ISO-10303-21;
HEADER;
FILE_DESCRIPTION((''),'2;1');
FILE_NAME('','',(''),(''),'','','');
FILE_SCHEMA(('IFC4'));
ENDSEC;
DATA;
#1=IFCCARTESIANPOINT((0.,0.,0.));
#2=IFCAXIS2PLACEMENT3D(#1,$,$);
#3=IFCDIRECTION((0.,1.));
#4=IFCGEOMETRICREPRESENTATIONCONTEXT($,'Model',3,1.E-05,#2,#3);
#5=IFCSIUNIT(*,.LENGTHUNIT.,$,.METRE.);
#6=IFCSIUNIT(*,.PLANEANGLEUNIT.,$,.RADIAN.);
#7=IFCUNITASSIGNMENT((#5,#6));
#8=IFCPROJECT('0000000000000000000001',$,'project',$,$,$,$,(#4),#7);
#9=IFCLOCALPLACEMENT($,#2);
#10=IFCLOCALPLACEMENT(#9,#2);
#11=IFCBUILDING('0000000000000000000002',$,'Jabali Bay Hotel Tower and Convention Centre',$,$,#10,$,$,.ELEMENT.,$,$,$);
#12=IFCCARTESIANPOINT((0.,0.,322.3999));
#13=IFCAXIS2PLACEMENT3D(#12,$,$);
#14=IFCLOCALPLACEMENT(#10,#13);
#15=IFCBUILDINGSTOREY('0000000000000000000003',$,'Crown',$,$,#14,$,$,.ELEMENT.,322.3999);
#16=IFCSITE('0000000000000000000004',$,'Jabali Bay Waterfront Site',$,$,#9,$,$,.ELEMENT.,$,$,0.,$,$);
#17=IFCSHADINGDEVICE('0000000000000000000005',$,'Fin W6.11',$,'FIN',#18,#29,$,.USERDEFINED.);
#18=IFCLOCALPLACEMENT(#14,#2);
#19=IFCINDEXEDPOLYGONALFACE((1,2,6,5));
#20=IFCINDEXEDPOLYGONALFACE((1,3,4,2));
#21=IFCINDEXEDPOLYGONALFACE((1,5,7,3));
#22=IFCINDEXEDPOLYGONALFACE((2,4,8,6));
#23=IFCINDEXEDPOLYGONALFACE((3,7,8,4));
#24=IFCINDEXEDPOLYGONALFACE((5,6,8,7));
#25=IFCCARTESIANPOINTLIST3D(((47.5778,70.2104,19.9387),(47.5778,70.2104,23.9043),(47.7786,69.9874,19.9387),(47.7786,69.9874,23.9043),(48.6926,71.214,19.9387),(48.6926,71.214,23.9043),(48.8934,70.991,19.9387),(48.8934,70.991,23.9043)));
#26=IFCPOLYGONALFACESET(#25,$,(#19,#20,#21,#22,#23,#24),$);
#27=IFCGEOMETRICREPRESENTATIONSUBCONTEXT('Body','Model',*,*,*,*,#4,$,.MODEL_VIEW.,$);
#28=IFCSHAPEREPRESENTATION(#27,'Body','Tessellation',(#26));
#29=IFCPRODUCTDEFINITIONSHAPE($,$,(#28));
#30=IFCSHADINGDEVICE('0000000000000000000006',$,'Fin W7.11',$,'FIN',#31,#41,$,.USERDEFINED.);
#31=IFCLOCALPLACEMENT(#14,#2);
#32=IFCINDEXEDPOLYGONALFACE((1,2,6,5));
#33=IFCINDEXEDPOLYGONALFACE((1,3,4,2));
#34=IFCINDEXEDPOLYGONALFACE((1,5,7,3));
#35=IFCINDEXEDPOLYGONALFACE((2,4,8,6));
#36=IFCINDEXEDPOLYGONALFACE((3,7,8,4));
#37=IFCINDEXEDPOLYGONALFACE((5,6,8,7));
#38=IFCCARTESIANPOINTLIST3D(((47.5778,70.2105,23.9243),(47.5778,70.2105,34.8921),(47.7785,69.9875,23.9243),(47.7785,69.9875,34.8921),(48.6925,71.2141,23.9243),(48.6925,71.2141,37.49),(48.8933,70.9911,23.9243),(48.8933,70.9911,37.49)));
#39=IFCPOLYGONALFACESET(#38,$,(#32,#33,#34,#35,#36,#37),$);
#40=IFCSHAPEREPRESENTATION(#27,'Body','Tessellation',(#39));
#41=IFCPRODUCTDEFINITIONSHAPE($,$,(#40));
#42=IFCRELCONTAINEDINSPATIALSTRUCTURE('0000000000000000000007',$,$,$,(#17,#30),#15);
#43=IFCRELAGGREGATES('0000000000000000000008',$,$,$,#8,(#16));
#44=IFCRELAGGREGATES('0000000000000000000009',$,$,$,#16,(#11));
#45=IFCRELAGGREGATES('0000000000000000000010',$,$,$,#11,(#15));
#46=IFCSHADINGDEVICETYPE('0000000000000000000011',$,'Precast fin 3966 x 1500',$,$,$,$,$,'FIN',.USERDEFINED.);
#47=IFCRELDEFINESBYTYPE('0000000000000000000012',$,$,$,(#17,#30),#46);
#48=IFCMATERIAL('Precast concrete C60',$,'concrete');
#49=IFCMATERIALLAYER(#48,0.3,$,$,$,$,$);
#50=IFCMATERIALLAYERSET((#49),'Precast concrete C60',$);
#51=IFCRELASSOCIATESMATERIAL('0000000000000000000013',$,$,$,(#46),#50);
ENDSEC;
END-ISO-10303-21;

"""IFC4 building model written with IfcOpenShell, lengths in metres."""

from ifc_helpers import new_model, si_unit, direction, frame, frame_2d, origin, place, context, subcontext, project, spatial, polyline, rectangle, outline, extrude, material, layer, layer_set, type_object, element, save


model = new_model("IFC4")

# Units and contexts
model_context = context("Model", 3, precision=1e-05, world=origin(), true_north=direction((0.0, 1.0)))
body_context = subcontext(model_context, "Body", "Model", "MODEL_VIEW")
ifc_project = project(units=[si_unit("LENGTHUNIT", "METRE"), si_unit("PLANEANGLEUNIT", "RADIAN")], contexts=[model_context])

# Site, building, storey
site_placement = place(None, origin())
site = spatial("IfcSite", under=ifc_project, at=site_placement, Name="Jabali Bay Waterfront Site", CompositionType="ELEMENT", RefElevation=0.0)
building_placement = place(site_placement, origin())
building = spatial("IfcBuilding", under=site, at=building_placement, Name="Jabali Bay Hotel Tower and Convention Centre", CompositionType="ELEMENT")
storey_placement = place(building_placement, frame((0.0, 0.0, 322.3999)))
storey = spatial("IfcBuildingStorey", under=building, at=storey_placement, Name="Crown", CompositionType="ELEMENT", Elevation=322.3999)

# Shading devices
ifc_material_1 = material(Name="Precast concrete C60", Category="concrete")
ifc_layer_1 = layer(ifc_material_1, 0.3)
ifc_layer_set_1 = layer_set([ifc_layer_1], Name="Precast concrete C60")
shading_device_type = type_object("IfcShadingDeviceType", Name="Precast fin 3966 x 1500", ElementType="FIN", PredefinedType="USERDEFINED", material=ifc_layer_set_1)
shading_device_1_placement = place(storey_placement, frame((48.793, 71.1025, 19.9387), z_axis=(0.0, 0.0, 1.0), x_axis=(-0.743165, -0.669109, 0.0)))
element("IfcShadingDevice", 1, at=shading_device_1_placement, inside=storey, type_object=shading_device_type, Name="Fin W6.11", ObjectType="FIN", PredefinedType="USERDEFINED", context=body_context, shape_type="SweptSolid", body=[
    extrude(rectangle(XDim=1.5, YDim=0.3, at=frame_2d((0.75, 0.0))), origin(), (0.0, 0.0, 1.0), 3.9656),
])
shading_device_2_placement = place(storey_placement, frame((48.793, 71.1025, 23.9243), z_axis=(0.0, 0.0, 1.0), x_axis=(-0.743165, -0.669109, 0.0)))
element("IfcShadingDevice", 2, at=shading_device_2_placement, inside=storey, type_object=shading_device_type, Name="Fin W7.11", ObjectType="FIN", PredefinedType="USERDEFINED", context=body_context, shape_type="SweptSolid", body=[
    extrude(outline(polyline([(0.0, 0.0), (1.5, 0.0), (1.5, 10.9678), (0.0, 13.5657), (0.0, 0.0)])), frame((0.0, 0.1499, 0.0), z_axis=(0.0, -1.0, 0.0), x_axis=(1.0, 0.0, 0.0)), (0.0, 0.0, 1.0), 0.3),
])

save(model, "model.ifc")
